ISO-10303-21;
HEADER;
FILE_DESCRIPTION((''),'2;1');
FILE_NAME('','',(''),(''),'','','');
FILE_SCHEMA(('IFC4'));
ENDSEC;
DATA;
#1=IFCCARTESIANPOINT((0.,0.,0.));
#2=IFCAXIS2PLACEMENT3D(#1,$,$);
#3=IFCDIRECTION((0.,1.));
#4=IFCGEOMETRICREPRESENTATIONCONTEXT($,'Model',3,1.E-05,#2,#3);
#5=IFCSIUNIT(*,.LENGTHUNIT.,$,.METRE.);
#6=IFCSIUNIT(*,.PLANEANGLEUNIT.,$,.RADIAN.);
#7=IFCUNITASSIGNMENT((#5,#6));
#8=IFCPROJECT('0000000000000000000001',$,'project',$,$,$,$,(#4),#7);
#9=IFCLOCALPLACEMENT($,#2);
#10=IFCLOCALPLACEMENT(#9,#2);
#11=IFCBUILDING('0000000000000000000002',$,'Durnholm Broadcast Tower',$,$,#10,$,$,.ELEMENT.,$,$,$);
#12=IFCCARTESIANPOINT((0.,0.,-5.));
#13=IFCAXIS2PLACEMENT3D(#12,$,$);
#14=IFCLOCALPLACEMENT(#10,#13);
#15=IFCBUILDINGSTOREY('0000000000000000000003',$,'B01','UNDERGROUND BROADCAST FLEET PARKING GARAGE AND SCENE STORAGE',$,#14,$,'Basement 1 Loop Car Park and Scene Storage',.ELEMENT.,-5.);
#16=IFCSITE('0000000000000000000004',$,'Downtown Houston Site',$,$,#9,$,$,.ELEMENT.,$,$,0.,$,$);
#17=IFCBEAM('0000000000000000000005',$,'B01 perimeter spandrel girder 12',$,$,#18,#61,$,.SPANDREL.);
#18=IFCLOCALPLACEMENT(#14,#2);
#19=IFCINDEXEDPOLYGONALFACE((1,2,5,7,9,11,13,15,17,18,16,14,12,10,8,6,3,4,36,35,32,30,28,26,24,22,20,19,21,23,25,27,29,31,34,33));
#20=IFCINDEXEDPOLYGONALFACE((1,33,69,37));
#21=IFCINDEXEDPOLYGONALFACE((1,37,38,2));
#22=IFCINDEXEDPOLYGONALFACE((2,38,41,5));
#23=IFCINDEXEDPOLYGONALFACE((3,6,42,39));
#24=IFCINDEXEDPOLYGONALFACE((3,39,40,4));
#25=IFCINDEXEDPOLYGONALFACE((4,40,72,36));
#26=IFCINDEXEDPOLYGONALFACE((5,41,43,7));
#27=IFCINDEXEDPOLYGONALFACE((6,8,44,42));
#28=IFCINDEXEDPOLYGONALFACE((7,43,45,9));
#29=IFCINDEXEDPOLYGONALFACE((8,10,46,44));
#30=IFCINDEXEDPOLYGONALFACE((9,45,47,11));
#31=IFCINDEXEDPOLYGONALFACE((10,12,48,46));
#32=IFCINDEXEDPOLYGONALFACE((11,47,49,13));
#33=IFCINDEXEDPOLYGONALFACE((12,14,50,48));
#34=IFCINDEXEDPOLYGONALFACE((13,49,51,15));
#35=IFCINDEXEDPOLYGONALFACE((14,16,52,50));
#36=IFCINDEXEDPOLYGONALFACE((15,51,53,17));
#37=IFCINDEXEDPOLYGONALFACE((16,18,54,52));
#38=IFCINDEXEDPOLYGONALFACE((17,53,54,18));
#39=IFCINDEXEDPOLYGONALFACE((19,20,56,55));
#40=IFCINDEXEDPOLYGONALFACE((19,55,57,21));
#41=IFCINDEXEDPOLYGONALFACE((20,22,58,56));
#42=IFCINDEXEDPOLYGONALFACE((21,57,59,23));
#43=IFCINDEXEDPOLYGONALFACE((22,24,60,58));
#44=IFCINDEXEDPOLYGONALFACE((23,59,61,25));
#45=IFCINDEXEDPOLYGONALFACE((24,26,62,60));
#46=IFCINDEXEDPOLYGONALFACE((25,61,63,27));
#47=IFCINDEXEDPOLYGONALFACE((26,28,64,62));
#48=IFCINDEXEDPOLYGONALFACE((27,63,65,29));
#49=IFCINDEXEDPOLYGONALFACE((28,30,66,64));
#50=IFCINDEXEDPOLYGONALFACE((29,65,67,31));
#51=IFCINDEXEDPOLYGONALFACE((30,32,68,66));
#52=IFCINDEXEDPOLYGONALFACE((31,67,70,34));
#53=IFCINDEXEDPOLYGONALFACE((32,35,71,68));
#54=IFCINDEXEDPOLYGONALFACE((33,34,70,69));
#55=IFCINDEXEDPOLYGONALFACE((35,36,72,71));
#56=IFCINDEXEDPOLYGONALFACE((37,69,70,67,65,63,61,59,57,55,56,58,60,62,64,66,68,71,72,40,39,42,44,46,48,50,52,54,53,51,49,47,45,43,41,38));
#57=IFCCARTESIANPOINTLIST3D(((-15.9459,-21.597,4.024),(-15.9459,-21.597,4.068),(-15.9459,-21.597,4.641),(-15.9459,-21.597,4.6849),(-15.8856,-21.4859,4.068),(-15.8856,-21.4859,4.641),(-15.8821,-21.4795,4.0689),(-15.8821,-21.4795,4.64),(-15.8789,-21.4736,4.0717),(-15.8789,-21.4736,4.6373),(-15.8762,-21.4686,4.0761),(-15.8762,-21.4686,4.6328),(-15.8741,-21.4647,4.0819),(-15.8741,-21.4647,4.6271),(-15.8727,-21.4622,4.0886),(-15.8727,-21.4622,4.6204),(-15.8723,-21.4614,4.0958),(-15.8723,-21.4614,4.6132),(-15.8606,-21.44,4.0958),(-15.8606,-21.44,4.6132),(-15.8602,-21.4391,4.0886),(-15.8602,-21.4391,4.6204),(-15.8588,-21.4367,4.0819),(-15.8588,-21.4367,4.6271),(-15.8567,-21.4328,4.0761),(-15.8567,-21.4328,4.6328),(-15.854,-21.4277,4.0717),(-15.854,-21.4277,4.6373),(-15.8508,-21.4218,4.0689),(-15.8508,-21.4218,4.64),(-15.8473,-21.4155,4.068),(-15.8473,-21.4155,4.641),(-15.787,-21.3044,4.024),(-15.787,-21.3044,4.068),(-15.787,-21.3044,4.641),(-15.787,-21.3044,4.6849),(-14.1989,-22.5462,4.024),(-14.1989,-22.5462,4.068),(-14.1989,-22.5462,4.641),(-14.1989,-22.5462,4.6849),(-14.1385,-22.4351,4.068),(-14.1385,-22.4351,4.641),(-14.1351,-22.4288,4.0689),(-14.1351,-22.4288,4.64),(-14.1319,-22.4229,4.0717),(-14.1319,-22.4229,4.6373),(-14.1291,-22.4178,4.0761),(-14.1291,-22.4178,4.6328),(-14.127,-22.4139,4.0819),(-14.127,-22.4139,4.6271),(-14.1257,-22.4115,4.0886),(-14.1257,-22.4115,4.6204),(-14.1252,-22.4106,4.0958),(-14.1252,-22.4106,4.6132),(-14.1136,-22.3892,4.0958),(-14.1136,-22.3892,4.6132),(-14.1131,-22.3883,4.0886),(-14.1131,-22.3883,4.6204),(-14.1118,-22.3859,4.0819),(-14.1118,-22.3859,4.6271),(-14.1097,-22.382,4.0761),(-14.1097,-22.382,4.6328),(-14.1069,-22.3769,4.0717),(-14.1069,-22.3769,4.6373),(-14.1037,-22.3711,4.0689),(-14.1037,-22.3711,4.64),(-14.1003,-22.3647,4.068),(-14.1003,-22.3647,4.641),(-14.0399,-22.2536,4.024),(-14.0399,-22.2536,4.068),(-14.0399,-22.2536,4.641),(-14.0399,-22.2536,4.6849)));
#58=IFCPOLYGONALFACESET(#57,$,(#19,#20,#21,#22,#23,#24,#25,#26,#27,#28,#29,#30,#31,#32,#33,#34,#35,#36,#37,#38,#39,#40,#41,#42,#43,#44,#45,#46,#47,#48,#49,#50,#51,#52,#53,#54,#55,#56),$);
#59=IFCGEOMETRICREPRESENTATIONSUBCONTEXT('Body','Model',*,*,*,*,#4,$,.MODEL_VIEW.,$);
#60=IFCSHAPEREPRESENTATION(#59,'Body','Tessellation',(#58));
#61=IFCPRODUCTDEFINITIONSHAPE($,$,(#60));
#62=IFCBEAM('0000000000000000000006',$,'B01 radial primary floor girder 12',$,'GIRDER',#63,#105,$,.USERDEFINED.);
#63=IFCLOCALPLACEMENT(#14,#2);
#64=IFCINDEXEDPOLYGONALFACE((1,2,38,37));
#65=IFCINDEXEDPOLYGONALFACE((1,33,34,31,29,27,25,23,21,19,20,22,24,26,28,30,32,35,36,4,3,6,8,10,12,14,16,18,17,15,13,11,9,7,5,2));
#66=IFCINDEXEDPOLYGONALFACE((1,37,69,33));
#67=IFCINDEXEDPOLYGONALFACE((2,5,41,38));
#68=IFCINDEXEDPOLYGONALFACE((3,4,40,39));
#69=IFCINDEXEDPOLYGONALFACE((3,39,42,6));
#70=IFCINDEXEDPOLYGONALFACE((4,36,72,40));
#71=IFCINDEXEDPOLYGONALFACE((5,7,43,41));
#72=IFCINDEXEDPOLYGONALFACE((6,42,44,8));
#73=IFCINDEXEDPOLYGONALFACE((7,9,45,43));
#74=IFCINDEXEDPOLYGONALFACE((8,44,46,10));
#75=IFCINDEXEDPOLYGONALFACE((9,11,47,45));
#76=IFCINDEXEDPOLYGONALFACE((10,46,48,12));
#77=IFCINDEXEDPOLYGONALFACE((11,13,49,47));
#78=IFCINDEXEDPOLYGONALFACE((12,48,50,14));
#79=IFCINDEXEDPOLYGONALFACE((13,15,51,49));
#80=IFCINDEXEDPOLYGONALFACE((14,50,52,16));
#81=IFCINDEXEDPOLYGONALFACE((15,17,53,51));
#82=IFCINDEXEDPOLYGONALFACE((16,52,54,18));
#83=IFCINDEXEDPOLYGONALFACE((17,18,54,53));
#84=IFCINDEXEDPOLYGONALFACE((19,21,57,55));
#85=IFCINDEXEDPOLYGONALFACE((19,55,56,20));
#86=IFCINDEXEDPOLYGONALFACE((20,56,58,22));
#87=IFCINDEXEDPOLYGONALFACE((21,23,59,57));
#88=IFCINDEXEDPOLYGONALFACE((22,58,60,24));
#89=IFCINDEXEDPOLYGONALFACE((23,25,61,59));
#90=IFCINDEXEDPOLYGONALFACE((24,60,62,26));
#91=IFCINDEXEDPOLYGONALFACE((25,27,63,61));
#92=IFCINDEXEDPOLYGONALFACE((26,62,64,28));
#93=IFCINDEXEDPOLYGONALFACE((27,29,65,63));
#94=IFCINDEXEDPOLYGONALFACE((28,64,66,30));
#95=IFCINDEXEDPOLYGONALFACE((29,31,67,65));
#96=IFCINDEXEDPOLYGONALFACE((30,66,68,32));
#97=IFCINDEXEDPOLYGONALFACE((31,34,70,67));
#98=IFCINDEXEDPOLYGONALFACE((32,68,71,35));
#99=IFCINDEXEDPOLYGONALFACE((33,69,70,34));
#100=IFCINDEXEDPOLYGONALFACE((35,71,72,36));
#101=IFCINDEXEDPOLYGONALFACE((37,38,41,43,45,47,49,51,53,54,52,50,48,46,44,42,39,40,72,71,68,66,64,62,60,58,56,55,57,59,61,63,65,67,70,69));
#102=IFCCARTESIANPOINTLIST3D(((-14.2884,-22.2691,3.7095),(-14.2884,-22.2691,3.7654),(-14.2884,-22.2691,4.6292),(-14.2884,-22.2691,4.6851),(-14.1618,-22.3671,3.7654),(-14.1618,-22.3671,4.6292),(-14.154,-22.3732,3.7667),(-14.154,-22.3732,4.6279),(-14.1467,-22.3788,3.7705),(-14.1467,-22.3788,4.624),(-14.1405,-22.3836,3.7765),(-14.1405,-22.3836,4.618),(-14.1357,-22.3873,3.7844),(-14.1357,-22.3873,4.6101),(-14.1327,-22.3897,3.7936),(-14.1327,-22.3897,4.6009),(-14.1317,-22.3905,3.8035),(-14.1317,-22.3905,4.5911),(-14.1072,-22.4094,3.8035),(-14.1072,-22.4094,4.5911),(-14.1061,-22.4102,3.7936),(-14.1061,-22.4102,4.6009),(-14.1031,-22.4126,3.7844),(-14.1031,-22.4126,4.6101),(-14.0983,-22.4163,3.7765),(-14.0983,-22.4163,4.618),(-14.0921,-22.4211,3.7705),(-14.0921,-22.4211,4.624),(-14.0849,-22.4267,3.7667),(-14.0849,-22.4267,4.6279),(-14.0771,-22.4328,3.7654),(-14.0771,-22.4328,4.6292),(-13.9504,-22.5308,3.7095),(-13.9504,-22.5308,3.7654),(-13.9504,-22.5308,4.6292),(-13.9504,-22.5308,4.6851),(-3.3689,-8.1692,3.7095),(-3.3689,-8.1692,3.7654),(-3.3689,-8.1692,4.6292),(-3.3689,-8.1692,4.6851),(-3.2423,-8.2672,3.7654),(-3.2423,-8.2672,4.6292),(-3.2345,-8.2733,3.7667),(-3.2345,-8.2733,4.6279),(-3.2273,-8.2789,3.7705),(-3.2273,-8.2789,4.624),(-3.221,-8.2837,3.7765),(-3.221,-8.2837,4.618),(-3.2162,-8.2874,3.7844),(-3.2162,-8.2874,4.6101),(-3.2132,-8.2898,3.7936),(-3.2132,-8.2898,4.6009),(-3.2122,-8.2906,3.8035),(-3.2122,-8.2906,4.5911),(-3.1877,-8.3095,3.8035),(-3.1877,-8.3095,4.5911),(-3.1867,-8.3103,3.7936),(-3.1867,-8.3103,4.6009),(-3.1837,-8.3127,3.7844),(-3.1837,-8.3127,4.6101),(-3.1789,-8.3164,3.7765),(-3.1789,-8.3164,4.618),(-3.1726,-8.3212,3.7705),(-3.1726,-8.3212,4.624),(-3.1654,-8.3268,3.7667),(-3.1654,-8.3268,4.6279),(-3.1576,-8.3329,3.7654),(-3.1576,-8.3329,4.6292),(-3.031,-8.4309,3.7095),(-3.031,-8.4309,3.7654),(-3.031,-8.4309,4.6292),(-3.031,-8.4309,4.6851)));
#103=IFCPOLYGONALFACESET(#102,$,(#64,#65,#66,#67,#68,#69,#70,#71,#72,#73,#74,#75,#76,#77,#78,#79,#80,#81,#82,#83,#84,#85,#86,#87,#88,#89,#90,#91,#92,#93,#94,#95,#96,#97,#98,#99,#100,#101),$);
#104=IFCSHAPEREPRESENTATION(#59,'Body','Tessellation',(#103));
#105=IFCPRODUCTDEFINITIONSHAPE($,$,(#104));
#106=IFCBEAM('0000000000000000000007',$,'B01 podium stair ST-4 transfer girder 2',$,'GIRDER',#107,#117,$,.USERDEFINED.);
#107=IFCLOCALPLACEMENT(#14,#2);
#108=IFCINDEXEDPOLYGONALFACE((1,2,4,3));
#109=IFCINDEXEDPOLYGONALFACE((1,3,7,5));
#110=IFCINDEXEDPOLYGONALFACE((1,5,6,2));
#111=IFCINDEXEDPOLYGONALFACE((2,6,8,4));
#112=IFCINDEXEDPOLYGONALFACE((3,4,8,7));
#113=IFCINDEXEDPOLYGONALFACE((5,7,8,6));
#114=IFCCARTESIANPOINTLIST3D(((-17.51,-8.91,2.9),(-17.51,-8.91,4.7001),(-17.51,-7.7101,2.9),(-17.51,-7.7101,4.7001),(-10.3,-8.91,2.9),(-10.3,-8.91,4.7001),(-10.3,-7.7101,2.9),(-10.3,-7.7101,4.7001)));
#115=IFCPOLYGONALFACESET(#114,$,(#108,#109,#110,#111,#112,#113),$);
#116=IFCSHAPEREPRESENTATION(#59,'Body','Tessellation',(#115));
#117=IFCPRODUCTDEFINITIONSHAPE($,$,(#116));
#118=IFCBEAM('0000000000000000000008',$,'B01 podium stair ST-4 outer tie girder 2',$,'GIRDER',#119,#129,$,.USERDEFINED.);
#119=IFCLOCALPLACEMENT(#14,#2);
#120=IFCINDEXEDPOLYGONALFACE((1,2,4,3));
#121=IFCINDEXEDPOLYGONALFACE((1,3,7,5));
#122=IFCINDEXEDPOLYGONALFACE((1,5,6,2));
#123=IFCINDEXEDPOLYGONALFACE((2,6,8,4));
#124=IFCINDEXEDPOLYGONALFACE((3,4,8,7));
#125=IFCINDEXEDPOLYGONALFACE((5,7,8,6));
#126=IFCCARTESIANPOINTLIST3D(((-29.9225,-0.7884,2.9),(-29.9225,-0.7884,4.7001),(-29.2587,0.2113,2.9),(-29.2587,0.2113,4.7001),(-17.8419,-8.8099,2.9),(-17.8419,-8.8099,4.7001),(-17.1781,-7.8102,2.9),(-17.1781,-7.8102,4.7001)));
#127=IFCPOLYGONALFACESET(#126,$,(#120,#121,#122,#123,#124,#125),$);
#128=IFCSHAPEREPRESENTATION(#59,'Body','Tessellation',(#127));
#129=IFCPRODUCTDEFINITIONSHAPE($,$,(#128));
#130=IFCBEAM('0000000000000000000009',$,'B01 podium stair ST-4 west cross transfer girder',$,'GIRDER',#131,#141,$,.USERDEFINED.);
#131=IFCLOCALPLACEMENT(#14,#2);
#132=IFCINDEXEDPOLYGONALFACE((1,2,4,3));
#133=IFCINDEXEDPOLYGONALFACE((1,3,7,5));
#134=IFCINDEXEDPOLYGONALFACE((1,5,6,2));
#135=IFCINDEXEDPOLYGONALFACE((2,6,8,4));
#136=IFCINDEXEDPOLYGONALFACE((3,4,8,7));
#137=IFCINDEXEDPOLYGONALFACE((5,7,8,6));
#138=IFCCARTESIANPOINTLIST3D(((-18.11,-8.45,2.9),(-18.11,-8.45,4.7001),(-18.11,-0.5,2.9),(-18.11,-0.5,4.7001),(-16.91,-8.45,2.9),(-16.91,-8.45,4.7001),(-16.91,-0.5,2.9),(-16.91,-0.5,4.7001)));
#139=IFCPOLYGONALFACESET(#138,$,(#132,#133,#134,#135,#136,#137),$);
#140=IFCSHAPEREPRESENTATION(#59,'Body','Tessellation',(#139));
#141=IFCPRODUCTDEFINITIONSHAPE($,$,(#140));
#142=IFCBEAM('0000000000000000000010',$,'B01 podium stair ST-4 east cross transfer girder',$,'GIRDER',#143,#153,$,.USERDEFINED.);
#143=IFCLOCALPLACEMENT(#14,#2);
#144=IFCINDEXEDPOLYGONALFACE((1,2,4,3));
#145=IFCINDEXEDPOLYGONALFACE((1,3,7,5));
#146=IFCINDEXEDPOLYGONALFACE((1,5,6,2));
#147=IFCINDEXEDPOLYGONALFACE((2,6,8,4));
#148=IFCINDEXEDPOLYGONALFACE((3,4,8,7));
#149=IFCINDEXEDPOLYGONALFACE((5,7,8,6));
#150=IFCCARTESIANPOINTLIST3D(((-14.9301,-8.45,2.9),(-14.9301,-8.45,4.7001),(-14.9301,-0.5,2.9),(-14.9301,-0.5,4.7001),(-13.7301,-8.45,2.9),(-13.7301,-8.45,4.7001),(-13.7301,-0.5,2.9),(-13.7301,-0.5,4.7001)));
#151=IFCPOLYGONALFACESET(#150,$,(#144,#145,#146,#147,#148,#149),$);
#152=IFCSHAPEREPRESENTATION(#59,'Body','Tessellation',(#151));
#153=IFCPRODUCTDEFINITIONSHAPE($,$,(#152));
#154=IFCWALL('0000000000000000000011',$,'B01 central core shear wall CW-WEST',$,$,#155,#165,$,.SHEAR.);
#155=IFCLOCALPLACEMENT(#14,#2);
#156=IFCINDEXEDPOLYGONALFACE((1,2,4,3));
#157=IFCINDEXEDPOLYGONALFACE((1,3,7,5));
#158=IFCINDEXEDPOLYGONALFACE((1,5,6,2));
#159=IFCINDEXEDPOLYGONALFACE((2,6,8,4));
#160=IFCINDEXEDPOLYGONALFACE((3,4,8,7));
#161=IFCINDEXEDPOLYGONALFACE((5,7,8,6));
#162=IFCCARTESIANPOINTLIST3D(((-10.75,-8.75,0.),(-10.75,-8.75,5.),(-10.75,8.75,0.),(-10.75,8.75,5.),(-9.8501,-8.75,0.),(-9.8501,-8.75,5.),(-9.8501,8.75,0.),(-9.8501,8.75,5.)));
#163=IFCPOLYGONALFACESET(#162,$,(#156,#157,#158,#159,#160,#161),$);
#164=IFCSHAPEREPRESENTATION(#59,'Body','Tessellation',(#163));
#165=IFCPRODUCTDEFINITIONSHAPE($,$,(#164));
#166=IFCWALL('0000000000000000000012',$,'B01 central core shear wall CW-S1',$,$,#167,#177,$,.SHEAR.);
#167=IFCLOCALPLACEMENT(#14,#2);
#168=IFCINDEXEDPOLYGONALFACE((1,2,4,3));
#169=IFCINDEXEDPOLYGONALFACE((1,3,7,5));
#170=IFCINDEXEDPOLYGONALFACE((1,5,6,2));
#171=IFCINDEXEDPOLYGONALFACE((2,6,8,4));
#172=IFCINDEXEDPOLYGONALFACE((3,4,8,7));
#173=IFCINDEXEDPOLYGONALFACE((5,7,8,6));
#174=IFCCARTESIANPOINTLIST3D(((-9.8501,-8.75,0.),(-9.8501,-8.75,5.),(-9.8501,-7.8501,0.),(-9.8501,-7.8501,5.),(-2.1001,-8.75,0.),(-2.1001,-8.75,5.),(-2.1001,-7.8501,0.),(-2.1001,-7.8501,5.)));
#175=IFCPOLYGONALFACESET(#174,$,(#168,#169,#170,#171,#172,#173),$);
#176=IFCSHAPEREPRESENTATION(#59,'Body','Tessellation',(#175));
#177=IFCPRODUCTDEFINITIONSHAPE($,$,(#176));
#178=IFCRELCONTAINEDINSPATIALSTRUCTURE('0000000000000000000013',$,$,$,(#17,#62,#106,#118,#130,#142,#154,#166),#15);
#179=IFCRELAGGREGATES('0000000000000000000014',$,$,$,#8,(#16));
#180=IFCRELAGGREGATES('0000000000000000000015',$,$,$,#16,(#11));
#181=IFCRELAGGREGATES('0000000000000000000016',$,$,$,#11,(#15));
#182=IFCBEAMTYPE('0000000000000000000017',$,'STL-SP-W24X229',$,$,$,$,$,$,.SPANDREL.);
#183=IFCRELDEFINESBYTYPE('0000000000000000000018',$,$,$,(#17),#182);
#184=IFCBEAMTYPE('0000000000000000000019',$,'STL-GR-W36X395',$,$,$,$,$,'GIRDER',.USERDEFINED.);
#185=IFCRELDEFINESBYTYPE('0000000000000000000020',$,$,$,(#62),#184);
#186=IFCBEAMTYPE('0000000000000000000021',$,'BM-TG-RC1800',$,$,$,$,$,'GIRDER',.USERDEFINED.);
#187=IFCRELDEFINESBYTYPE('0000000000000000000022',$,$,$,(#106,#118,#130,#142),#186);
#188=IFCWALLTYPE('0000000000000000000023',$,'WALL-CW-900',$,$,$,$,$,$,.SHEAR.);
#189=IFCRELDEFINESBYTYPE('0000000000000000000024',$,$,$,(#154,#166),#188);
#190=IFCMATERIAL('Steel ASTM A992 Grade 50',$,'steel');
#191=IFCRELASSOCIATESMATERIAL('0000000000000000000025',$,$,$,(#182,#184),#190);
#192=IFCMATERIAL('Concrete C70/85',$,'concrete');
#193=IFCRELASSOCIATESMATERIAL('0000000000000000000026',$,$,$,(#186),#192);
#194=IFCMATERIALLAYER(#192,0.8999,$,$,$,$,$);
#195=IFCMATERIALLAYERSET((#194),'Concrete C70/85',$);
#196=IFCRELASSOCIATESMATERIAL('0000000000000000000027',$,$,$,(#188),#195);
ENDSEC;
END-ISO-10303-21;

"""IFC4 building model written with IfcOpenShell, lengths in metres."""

from ifc_helpers import new_model, si_unit, direction, frame, frame_2d, origin, origin_2d, place, context, subcontext, project, spatial, rectangle, i_section, extrude, source, transform, mapped, material, layer, layer_set, material_profile, profile_set, type_object, type_shapes, element, save


model = new_model("IFC4")

# Units and contexts
model_context = context("Model", 3, precision=1e-05, world=origin(), true_north=direction((0.0, 1.0)))
body_context = subcontext(model_context, "Body", "Model", "MODEL_VIEW")
ifc_project = project(units=[si_unit("LENGTHUNIT", "METRE"), si_unit("PLANEANGLEUNIT", "RADIAN")], contexts=[model_context])

# Site, building, storey
site_placement = place(None, origin())
site = spatial("IfcSite", under=ifc_project, at=site_placement, Name="Downtown Houston Site", CompositionType="ELEMENT", RefElevation=0.0)
building_placement = place(site_placement, origin())
building = spatial("IfcBuilding", under=site, at=building_placement, Name="Durnholm Broadcast Tower", CompositionType="ELEMENT")
storey_placement = place(building_placement, frame((0.0, 0.0, -5.0)))
storey = spatial("IfcBuildingStorey", under=building, at=storey_placement, Name="B01", Description="UNDERGROUND BROADCAST FLEET PARKING GARAGE AND SCENE STORAGE", LongName="Basement 1 Loop Car Park and Scene Storage", CompositionType="ELEMENT", Elevation=-5.0)

# Beams
ifc_material_1 = material(Name="Steel ASTM A992 Grade 50", Category="steel")
ifc_material_profile_1 = material_profile(ifc_material_1, i_section(OverallWidth=0.333, OverallDepth=0.6609, WebThickness=0.0244, FlangeThickness=0.0439, FilletRadius=0.0278, at=origin_2d()), Name="W24X229")
ifc_profile_set_1 = profile_set([ifc_material_profile_1], Name="Steel ASTM A992 Grade 50")
beam_type_1 = type_object("IfcBeamType", Name="STL-SP-W24X229", PredefinedType="SPANDREL", material=ifc_profile_set_1)
shared_shape_1 = source(origin(), body_context, "Body", "SweptSolid", [
    extrude(i_section(OverallWidth=0.333, OverallDepth=0.6609, WebThickness=0.0244, FlangeThickness=0.0439, FilletRadius=0.0278, at=origin_2d()), origin(), (0.0, 0.0, 1.0), 1.9883),
])
beam_1_placement = place(storey_placement, frame((-14.1194, -22.3999, 4.3545), z_axis=(-0.878683, 0.477406, 0.0), x_axis=(-0.477406, -0.878683, 0.0)))
element("IfcBeam", 1, at=beam_1_placement, inside=storey, type_object=beam_type_1, Name="B01 perimeter spandrel girder 12", PredefinedType="SPANDREL", context=body_context, shape_type="MappedRepresentation", body=[
    mapped(shared_shape_1, transform((0.0, 0.0, 0.0), x_axis=(1.0, 0.0, 0.0), y_axis=(0.0, 1.0, 0.0), z_axis=(0.0, 0.0, 1.0), scale=1.0)),
])
ifc_material_profile_2 = material_profile(ifc_material_1, i_section(OverallWidth=0.4275, OverallDepth=0.9756, WebThickness=0.031, FlangeThickness=0.0559, FilletRadius=0.0381, at=origin_2d()), Name="W36X395")
ifc_profile_set_2 = profile_set([ifc_material_profile_2], Name="Steel ASTM A992 Grade 50")
beam_type_2 = type_object("IfcBeamType", Name="STL-GR-W36X395", ElementType="GIRDER", PredefinedType="USERDEFINED", material=ifc_profile_set_2)
shared_shape_2 = source(origin(), body_context, "Body", "SweptSolid", [
    extrude(i_section(OverallWidth=0.4275, OverallDepth=0.9756, WebThickness=0.031, FlangeThickness=0.0559, FilletRadius=0.0381, at=origin_2d()), origin(), (0.0, 0.0, 1.0), 17.8337),
])
type_shapes(beam_type_2, [shared_shape_2])
beam_2_placement = place(storey_placement, frame((-3.2, -8.3, 4.1973), z_axis=(-0.612293, -0.790631, 0.0), x_axis=(0.790631, -0.612293, 0.0)))
element("IfcBeam", 2, at=beam_2_placement, inside=storey, type_object=beam_type_2, Name="B01 radial primary floor girder 12", ObjectType="GIRDER", PredefinedType="USERDEFINED", context=body_context, shape_type="MappedRepresentation", body=[
    mapped(shared_shape_2, transform((0.0, 0.0, 0.0), x_axis=(1.0, 0.0, 0.0), y_axis=(0.0, 1.0, 0.0), z_axis=(0.0, 0.0, 1.0), scale=1.0)),
])
ifc_material_2 = material(Name="Concrete C70/85", Category="concrete")
ifc_material_profile_3 = material_profile(ifc_material_2, rectangle(XDim=1.2, YDim=1.8, at=origin_2d()), Name="RC1200X1800")
ifc_profile_set_3 = profile_set([ifc_material_profile_3], Name="Concrete C70/85")
beam_type_3 = type_object("IfcBeamType", Name="BM-TG-RC1800", ElementType="GIRDER", PredefinedType="USERDEFINED", material=ifc_profile_set_3)
shared_shape_3 = source(origin(), body_context, "Body", "SweptSolid", [
    extrude(rectangle(XDim=1.2, YDim=1.8, at=origin_2d()), origin(), (0.0, 0.0, 1.0), 7.21),
])
beam_3_placement = place(storey_placement, frame((-10.3, -8.3101, 3.8), z_axis=(-1.0, 0.0, 0.0), x_axis=(0.0, -1.0, 0.0)))
element("IfcBeam", 3, at=beam_3_placement, inside=storey, type_object=beam_type_3, Name="B01 podium stair ST-4 transfer girder 2", ObjectType="GIRDER", PredefinedType="USERDEFINED", context=body_context, shape_type="MappedRepresentation", body=[
    mapped(shared_shape_3, transform((0.0, 0.0, 0.0), x_axis=(1.0, 0.0, 0.0), y_axis=(0.0, 1.0, 0.0), z_axis=(0.0, 0.0, 1.0), scale=1.0)),
])
shared_shape_4 = source(origin(), body_context, "Body", "SweptSolid", [
    extrude(rectangle(XDim=1.2, YDim=1.8, at=origin_2d()), origin(), (0.0, 0.0, 1.0), 14.5012),
])
beam_4_placement = place(storey_placement, frame((-17.51, -8.3101, 3.8), z_axis=(-0.833075, 0.553161, 0.0), x_axis=(-0.553161, -0.833075, 0.0)))
element("IfcBeam", 4, at=beam_4_placement, inside=storey, type_object=beam_type_3, Name="B01 podium stair ST-4 outer tie girder 2", ObjectType="GIRDER", PredefinedType="USERDEFINED", context=body_context, shape_type="MappedRepresentation", body=[
    mapped(shared_shape_4, transform((0.0, 0.0, 0.0), x_axis=(1.0, 0.0, 0.0), y_axis=(0.0, 1.0, 0.0), z_axis=(0.0, 0.0, 1.0), scale=1.0)),
])
shared_shape_5 = source(origin(), body_context, "Body", "SweptSolid", [
    extrude(rectangle(XDim=1.2, YDim=1.8, at=origin_2d()), origin(), (0.0, 0.0, 1.0), 7.95),
])
type_shapes(beam_type_3, [shared_shape_3, shared_shape_4, shared_shape_5])
for number, where, z_axis, x_axis, name in (
    (5, (-17.51, -8.45, 3.8), (0.0, 1.0, 0.0), (-1.0, 0.0, 0.0), "B01 podium stair ST-4 west cross transfer girder"),
    (6, (-14.3301, -8.45, 3.8), (0.0, 1.0, 0.0), (-1.0, 0.0, 0.0), "B01 podium stair ST-4 east cross transfer girder"),
):
    element("IfcBeam", number, at=place(storey_placement, frame(where, z_axis=z_axis, x_axis=x_axis)), inside=storey, type_object=beam_type_3, Name=name, ObjectType="GIRDER", PredefinedType="USERDEFINED", context=body_context, shape_type="MappedRepresentation", body=[
        mapped(shared_shape_5, transform((0.0, 0.0, 0.0), x_axis=(1.0, 0.0, 0.0), y_axis=(0.0, 1.0, 0.0), z_axis=(0.0, 0.0, 1.0), scale=1.0)),
    ])

# Walls
ifc_layer_1 = layer(ifc_material_2, 0.8999)
ifc_layer_set_1 = layer_set([ifc_layer_1], Name="Concrete C70/85")
wall_type_1 = type_object("IfcWallType", Name="WALL-CW-900", PredefinedType="SHEAR", material=ifc_layer_set_1)
wall_1_placement = place(storey_placement, frame((-10.3, -8.75, 0.0), z_axis=(0.0, 0.0, 1.0), x_axis=(0.0, 1.0, 0.0)))
element("IfcWall", 7, at=wall_1_placement, inside=storey, type_object=wall_type_1, Name="B01 central core shear wall CW-WEST", PredefinedType="SHEAR", context=body_context, shape_type="SweptSolid", body=[
    extrude(rectangle(XDim=17.5, YDim=0.8999, at=frame_2d((8.75, 0.0))), origin(), (0.0, 0.0, 1.0), 5.0),
])
wall_2_placement = place(storey_placement, frame((-9.8501, -8.3, 0.0), z_axis=(0.0, 0.0, 1.0), x_axis=(1.0, 0.0, 0.0)))
element("IfcWall", 8, at=wall_2_placement, inside=storey, type_object=wall_type_1, Name="B01 central core shear wall CW-S1", PredefinedType="SHEAR", context=body_context, shape_type="SweptSolid", body=[
    extrude(rectangle(XDim=7.75, YDim=0.8999, at=frame_2d((3.875, 0.0))), origin(), (0.0, 0.0, 1.0), 5.0),
])

save(model, "model.ifc")
